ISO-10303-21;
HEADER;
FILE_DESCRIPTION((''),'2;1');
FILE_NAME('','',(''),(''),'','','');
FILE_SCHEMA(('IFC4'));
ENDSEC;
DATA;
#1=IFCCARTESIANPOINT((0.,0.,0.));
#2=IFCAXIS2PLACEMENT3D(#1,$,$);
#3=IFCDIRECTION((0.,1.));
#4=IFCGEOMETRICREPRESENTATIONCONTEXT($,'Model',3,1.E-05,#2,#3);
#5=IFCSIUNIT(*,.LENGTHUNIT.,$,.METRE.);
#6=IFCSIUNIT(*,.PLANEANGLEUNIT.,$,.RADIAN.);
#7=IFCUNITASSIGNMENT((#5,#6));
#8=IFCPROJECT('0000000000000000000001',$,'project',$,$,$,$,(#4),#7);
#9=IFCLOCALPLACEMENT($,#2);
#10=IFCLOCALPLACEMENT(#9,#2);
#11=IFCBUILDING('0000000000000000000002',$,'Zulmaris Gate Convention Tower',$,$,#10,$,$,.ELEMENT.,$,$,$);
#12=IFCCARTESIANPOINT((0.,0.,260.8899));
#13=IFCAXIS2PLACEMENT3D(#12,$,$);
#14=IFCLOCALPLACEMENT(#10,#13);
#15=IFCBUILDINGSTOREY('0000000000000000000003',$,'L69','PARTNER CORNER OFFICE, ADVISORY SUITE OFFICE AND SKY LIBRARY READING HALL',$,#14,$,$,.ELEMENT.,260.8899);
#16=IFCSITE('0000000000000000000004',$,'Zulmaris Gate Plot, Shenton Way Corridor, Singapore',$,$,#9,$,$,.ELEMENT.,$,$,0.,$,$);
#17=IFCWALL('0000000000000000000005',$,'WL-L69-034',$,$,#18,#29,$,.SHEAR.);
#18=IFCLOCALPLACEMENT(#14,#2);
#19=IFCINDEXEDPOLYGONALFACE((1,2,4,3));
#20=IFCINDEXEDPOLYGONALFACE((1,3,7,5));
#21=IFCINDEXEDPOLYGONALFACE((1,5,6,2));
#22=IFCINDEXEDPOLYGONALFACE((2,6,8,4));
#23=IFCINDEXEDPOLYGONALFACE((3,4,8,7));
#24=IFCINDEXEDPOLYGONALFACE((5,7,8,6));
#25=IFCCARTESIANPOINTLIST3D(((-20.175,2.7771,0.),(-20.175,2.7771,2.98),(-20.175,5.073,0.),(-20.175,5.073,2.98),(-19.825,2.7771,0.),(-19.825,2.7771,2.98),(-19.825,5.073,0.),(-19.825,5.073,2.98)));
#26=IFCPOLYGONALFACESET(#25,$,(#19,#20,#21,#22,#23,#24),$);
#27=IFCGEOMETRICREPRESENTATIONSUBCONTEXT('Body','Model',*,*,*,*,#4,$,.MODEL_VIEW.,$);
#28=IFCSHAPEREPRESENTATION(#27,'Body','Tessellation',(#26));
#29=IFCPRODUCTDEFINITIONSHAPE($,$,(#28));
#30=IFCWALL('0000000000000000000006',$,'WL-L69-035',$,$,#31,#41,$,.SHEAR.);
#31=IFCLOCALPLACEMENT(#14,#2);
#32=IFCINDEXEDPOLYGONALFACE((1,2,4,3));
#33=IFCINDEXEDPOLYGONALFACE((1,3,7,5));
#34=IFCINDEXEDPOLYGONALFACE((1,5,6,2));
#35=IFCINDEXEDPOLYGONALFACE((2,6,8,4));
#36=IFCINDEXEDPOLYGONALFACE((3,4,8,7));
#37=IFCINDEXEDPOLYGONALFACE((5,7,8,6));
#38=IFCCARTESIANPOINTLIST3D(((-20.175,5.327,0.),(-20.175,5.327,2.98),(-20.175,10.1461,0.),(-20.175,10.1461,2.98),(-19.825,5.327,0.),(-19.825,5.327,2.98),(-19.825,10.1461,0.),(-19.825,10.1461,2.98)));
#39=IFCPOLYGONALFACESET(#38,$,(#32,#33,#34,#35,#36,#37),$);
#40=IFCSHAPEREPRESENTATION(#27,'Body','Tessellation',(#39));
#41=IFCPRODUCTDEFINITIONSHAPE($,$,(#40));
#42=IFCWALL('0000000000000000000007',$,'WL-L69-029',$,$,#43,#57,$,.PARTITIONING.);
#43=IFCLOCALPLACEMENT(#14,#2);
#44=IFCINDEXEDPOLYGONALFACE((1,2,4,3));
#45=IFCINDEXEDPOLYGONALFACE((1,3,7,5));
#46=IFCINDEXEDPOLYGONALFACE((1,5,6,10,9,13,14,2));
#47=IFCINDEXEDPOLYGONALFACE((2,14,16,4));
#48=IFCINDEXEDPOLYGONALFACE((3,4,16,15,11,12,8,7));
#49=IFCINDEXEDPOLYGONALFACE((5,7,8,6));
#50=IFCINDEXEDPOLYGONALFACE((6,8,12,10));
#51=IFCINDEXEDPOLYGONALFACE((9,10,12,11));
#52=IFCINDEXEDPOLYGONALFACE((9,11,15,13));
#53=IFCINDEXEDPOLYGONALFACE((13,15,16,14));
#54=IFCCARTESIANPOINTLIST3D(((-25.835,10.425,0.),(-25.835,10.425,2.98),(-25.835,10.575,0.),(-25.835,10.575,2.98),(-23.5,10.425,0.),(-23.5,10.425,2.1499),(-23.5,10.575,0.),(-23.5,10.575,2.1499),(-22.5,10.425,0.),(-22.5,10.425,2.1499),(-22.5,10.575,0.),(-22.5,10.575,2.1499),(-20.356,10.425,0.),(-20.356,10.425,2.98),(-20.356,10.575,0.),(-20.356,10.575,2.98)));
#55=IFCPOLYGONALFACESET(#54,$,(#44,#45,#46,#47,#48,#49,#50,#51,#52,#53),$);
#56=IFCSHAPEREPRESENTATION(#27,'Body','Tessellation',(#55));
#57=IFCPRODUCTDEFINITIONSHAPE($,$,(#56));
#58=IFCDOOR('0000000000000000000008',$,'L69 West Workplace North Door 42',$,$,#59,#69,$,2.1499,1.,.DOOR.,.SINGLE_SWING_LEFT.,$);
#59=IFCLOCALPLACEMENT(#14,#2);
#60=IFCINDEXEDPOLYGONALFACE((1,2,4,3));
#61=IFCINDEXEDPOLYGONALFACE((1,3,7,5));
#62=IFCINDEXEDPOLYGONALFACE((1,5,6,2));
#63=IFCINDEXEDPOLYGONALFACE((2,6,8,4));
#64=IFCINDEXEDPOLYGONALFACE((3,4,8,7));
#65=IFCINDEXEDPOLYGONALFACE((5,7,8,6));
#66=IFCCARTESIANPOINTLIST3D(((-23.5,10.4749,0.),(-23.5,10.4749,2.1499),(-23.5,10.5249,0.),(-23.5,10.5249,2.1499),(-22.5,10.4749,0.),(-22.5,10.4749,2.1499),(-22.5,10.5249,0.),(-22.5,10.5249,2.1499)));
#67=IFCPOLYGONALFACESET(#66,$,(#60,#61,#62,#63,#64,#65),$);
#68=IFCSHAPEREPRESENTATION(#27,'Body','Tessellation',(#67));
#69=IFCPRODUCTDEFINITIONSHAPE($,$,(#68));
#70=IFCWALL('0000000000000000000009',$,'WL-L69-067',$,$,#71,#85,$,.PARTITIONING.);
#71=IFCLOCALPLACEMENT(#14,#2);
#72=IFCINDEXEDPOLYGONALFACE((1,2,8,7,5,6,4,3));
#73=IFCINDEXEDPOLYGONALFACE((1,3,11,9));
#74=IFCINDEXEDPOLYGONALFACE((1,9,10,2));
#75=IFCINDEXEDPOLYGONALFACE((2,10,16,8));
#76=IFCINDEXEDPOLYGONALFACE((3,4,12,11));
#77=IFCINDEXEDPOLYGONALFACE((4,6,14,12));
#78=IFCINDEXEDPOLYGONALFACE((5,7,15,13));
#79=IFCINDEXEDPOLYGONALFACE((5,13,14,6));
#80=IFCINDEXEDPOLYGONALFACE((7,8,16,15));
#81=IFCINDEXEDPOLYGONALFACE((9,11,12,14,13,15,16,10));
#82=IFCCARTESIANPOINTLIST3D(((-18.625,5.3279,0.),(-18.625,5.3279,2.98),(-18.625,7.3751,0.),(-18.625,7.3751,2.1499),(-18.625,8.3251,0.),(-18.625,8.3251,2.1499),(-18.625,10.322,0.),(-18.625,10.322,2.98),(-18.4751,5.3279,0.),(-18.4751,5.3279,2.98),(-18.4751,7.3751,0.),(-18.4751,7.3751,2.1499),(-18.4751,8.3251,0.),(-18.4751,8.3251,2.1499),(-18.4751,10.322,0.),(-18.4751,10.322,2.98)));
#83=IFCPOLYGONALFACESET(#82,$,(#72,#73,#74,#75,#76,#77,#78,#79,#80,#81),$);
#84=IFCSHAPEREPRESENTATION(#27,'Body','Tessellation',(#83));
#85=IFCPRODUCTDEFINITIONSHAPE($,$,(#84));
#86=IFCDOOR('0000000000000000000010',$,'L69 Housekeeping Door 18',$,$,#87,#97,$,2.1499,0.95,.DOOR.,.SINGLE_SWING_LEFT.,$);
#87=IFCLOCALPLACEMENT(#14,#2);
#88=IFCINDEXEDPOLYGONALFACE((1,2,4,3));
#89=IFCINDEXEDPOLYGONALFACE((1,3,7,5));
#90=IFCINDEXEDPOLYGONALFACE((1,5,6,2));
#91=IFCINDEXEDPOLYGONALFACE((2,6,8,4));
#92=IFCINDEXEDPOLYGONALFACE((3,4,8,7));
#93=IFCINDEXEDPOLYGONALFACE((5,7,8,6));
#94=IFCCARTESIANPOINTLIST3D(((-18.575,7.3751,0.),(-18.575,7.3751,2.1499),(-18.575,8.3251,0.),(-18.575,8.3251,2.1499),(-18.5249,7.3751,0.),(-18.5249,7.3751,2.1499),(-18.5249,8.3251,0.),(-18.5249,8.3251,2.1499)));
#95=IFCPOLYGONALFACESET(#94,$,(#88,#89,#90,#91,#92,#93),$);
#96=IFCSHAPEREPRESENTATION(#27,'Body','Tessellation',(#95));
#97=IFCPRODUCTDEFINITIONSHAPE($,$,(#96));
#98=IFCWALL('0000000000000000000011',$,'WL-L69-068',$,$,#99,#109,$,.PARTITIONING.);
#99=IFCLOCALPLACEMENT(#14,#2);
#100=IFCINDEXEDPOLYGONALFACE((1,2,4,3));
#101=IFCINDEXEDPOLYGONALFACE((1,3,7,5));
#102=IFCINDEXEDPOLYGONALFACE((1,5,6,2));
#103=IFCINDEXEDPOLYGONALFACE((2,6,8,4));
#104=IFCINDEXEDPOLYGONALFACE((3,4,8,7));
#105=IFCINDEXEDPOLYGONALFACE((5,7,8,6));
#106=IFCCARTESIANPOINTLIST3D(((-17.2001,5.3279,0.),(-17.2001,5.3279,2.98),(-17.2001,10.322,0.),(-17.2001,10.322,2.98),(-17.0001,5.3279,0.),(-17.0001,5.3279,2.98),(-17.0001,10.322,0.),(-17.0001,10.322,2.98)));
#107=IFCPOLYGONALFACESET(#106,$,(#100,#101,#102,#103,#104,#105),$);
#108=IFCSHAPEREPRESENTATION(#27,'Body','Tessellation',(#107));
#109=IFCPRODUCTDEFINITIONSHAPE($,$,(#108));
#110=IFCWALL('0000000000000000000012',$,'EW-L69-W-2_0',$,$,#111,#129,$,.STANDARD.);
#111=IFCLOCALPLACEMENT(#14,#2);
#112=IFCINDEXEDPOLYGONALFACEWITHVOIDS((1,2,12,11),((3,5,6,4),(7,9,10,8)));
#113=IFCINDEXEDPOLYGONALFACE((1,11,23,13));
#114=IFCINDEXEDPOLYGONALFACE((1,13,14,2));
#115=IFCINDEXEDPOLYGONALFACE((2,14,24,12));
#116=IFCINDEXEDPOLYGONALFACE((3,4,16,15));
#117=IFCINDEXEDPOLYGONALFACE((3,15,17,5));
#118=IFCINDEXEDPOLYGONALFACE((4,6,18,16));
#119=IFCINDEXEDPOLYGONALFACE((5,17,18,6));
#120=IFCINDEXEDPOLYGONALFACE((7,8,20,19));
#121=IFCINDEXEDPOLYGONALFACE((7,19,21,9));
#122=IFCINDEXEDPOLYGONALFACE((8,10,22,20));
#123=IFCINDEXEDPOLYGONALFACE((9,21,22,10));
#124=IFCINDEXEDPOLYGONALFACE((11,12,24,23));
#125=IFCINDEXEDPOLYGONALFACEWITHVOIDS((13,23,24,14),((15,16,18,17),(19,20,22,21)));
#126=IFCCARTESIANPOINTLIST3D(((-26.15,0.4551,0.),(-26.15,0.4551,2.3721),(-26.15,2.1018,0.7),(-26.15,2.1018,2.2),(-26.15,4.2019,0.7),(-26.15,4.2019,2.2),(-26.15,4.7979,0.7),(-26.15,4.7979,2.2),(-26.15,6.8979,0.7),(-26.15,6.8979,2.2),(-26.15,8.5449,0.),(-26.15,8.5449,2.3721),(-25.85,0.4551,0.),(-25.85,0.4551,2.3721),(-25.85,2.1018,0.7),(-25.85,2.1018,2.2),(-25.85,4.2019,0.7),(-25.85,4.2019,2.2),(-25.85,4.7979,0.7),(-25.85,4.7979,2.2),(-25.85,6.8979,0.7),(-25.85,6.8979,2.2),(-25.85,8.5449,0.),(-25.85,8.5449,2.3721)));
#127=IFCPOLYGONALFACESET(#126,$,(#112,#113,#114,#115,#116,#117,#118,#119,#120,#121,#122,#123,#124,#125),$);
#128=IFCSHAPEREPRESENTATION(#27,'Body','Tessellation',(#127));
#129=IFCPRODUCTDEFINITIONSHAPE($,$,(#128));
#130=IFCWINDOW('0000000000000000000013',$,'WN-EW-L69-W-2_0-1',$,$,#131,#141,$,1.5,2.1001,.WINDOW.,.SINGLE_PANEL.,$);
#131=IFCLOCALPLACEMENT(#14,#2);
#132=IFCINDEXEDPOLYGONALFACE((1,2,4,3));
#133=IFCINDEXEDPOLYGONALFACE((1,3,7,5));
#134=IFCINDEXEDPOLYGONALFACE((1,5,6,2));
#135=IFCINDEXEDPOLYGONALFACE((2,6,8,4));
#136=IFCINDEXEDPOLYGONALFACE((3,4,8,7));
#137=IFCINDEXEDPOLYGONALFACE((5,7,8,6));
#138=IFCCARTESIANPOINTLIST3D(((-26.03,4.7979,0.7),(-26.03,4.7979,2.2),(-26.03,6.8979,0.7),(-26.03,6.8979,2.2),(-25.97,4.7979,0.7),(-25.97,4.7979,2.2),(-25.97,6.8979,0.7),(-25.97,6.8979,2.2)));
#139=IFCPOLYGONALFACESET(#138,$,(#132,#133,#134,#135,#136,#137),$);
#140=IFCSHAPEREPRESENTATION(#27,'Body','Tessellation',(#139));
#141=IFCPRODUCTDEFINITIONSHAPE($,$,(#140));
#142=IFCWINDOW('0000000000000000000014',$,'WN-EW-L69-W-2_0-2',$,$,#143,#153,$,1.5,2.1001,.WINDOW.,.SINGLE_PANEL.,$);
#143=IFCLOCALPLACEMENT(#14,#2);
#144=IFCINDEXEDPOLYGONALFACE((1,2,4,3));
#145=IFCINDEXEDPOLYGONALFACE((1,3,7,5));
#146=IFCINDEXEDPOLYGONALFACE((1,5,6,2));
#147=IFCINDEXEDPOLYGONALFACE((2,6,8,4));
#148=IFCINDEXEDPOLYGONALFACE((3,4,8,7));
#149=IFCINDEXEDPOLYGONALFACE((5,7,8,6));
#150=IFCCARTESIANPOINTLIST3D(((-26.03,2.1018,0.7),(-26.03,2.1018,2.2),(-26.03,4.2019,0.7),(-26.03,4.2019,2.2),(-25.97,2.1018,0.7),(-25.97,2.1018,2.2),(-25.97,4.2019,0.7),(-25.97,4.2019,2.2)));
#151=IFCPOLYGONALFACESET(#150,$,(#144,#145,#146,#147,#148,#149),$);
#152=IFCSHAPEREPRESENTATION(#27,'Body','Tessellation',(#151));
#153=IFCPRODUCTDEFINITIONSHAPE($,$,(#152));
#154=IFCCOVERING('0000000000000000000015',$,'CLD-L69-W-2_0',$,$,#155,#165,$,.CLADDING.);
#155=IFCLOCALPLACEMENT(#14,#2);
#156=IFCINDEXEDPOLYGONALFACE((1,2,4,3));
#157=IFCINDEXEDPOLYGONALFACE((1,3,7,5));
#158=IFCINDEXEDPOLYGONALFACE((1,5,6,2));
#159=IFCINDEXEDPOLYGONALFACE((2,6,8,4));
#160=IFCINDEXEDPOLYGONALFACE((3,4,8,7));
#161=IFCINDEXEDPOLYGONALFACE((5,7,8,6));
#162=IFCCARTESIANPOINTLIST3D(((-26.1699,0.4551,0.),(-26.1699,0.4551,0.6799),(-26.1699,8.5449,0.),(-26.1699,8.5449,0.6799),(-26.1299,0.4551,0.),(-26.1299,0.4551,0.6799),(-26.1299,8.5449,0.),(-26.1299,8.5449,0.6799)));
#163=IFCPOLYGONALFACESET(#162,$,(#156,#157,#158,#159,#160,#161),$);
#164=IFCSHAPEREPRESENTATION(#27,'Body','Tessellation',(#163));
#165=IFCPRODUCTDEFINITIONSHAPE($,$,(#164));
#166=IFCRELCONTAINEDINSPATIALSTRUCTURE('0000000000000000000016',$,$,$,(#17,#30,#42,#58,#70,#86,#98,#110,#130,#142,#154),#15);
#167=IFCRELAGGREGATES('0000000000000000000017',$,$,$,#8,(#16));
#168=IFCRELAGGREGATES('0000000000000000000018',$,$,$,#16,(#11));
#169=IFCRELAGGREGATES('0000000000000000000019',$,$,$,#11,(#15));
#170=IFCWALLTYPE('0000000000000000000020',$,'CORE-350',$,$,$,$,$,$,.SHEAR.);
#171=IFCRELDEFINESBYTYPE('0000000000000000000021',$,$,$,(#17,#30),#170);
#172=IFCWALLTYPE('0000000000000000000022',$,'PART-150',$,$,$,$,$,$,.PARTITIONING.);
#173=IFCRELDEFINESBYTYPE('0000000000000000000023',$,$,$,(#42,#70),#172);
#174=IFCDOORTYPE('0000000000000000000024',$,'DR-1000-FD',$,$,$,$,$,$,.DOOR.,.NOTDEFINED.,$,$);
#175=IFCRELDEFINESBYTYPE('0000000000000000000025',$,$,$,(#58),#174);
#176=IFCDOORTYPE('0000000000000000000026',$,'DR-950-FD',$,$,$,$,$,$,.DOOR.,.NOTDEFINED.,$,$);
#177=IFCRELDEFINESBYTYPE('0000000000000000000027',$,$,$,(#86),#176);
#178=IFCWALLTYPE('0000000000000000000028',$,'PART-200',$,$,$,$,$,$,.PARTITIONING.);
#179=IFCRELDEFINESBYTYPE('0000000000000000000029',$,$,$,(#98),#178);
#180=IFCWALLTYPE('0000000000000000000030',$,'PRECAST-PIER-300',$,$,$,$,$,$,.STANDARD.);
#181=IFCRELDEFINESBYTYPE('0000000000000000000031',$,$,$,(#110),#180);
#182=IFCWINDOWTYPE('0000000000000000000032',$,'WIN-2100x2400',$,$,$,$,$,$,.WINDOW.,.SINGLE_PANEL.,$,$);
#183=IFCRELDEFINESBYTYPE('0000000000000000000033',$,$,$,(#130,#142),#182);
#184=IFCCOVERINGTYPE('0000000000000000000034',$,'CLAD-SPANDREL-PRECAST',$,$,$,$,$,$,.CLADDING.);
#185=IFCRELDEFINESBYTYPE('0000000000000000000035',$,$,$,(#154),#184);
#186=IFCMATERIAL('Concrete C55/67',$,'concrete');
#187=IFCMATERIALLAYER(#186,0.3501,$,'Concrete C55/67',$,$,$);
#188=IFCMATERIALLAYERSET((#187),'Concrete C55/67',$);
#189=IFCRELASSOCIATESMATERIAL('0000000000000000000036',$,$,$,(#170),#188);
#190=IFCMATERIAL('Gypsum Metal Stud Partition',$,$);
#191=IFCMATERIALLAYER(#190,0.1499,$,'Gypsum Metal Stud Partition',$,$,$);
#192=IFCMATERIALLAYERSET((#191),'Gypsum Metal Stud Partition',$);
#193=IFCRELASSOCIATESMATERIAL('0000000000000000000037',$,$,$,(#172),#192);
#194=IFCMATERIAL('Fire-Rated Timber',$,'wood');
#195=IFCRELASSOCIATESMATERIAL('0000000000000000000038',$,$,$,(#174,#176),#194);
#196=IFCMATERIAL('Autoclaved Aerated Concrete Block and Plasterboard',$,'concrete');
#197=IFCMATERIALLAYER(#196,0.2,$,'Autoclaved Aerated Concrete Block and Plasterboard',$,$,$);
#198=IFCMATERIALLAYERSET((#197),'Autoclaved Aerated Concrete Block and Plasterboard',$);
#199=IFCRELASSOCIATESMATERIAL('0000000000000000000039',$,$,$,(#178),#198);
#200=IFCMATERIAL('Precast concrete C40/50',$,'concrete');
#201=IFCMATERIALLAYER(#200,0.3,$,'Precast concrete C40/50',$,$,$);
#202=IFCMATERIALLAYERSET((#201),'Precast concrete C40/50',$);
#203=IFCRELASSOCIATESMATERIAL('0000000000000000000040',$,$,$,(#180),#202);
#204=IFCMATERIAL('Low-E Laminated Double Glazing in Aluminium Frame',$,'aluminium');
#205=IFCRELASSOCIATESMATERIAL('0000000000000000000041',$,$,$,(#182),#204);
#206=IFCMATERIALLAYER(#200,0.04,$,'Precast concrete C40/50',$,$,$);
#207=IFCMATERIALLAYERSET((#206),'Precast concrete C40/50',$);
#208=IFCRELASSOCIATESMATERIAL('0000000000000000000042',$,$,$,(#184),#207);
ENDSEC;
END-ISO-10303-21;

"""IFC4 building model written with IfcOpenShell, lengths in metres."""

from ifc_helpers import new_model, si_unit, direction, frame, frame_2d, origin, place, context, subcontext, project, spatial, rectangle, extrude, material, layer, layer_set, type_object, element, fill, save


model = new_model("IFC4")

# Units and contexts
model_context = context("Model", 3, precision=1e-05, world=origin(), true_north=direction((0.0, 1.0)))
body_context = subcontext(model_context, "Body", "Model", "MODEL_VIEW")
ifc_project = project(units=[si_unit("LENGTHUNIT", "METRE"), si_unit("PLANEANGLEUNIT", "RADIAN")], contexts=[model_context])

# Site, building, storey
site_placement = place(None, origin())
site = spatial("IfcSite", under=ifc_project, at=site_placement, Name="Zulmaris Gate Plot, Shenton Way Corridor, Singapore", CompositionType="ELEMENT", RefElevation=0.0)
building_placement = place(site_placement, origin())
building = spatial("IfcBuilding", under=site, at=building_placement, Name="Zulmaris Gate Convention Tower", CompositionType="ELEMENT")
storey_placement = place(building_placement, frame((0.0, 0.0, 260.8899)))
storey = spatial("IfcBuildingStorey", under=building, at=storey_placement, Name="L69", Description="PARTNER CORNER OFFICE, ADVISORY SUITE OFFICE AND SKY LIBRARY READING HALL", CompositionType="ELEMENT", Elevation=260.8899)

# Walls
ifc_material_1 = material(Name="Concrete C55/67", Category="concrete")
ifc_layer_1 = layer(ifc_material_1, 0.3501, Name="Concrete C55/67")
ifc_layer_set_1 = layer_set([ifc_layer_1], Name="Concrete C55/67")
wall_type_1 = type_object("IfcWallType", Name="CORE-350", PredefinedType="SHEAR", material=ifc_layer_set_1)
wall_1_placement = place(storey_placement, frame((-20.0, 2.7771, 0.0), z_axis=(0.0, 0.0, 1.0), x_axis=(0.0, 1.0, 0.0)))
element("IfcWall", 1, at=wall_1_placement, inside=storey, type_object=wall_type_1, Name="WL-L69-034", PredefinedType="SHEAR", context=body_context, shape_type="SweptSolid", body=[
    extrude(rectangle(XDim=2.2959, YDim=0.3501, at=frame_2d((1.1479, 0.0))), origin(), (0.0, 0.0, 1.0), 2.98),
])
wall_2_placement = place(storey_placement, frame((-20.0, 5.3269, 0.0), z_axis=(0.0, 0.0, 1.0), x_axis=(0.0, 1.0, 0.0)))
element("IfcWall", 2, at=wall_2_placement, inside=storey, type_object=wall_type_1, Name="WL-L69-035", PredefinedType="SHEAR", context=body_context, shape_type="SweptSolid", body=[
    extrude(rectangle(XDim=4.8191, YDim=0.3501, at=frame_2d((2.4097, 0.0))), origin(), (0.0, 0.0, 1.0), 2.98),
])

# Walls, openings, doors
ifc_material_2 = material(Name="Gypsum Metal Stud Partition")
ifc_layer_2 = layer(ifc_material_2, 0.1499, Name="Gypsum Metal Stud Partition")
ifc_layer_set_2 = layer_set([ifc_layer_2], Name="Gypsum Metal Stud Partition")
wall_type_2 = type_object("IfcWallType", Name="PART-150", PredefinedType="PARTITIONING", material=ifc_layer_set_2)
wall_3_placement = place(storey_placement, frame((-25.835, 10.5, 0.0), z_axis=(0.0, 0.0, 1.0), x_axis=(1.0, 0.0, 0.0)))
wall_3 = element("IfcWall", 3, at=wall_3_placement, inside=storey, type_object=wall_type_2, Name="WL-L69-029", PredefinedType="PARTITIONING", context=body_context, shape_type="SweptSolid", body=[
    extrude(rectangle(XDim=5.479, YDim=0.1499, at=frame_2d((2.7395, 0.0))), origin(), (0.0, 0.0, 1.0), 2.98),
])
opening_1_placement = place(wall_3_placement, frame((2.335, 0.0, 0.0)))
opening_1 = element("IfcOpeningElement", 4, at=opening_1_placement, cuts=wall_3, PredefinedType="OPENING", context=body_context, shape_type="SweptSolid", body=[
    extrude(rectangle(XDim=1.0, YDim=2.1499, at=frame_2d((0.5, 1.075))), frame((0.0, 0.085, 0.0), z_axis=(0.0, -1.0, 0.0), x_axis=(1.0, 0.0, 0.0)), (0.0, 0.0, 1.0), 0.1699),
])
ifc_material_3 = material(Name="Fire-Rated Timber", Category="wood")
door_type_1 = type_object("IfcDoorType", Name="DR-1000-FD", OperationType="NOTDEFINED", PredefinedType="DOOR", material=ifc_material_3)
door_1_placement = place(opening_1_placement, origin())
door_1 = element("IfcDoor", 5, at=door_1_placement, inside=storey, type_object=door_type_1, Name="L69 West Workplace North Door 42", OperationType="SINGLE_SWING_LEFT", OverallHeight=2.1499, OverallWidth=1.0, PredefinedType="DOOR", context=body_context, shape_type="SweptSolid", body=[
    extrude(rectangle(XDim=1.0, YDim=2.1499, at=frame_2d((0.5, 1.075))), frame((0.0, 0.0249, 0.0), z_axis=(0.0, -1.0, 0.0), x_axis=(1.0, 0.0, 0.0)), (0.0, 0.0, 1.0), 0.05),
])
fill(opening_1, door_1)
wall_4_placement = place(storey_placement, frame((-18.55, 5.3279, 0.0), z_axis=(0.0, 0.0, 1.0), x_axis=(0.0, 1.0, 0.0)))
wall_4 = element("IfcWall", 6, at=wall_4_placement, inside=storey, type_object=wall_type_2, Name="WL-L69-067", PredefinedType="PARTITIONING", context=body_context, shape_type="SweptSolid", body=[
    extrude(rectangle(XDim=4.9941, YDim=0.1499, at=frame_2d((2.4971, 0.0))), origin(), (0.0, 0.0, 1.0), 2.98),
])
opening_2_placement = place(wall_4_placement, frame((2.0471, 0.0, 0.0)))
opening_2 = element("IfcOpeningElement", 7, at=opening_2_placement, cuts=wall_4, PredefinedType="OPENING", context=body_context, shape_type="SweptSolid", body=[
    extrude(rectangle(XDim=0.95, YDim=2.1499, at=frame_2d((0.4751, 1.075))), frame((0.0, 0.085, 0.0), z_axis=(0.0, -1.0, 0.0), x_axis=(1.0, 0.0, 0.0)), (0.0, 0.0, 1.0), 0.1699),
])
door_type_2 = type_object("IfcDoorType", Name="DR-950-FD", OperationType="NOTDEFINED", PredefinedType="DOOR", material=ifc_material_3)
door_2_placement = place(opening_2_placement, origin())
door_2 = element("IfcDoor", 8, at=door_2_placement, inside=storey, type_object=door_type_2, Name="L69 Housekeeping Door 18", OperationType="SINGLE_SWING_LEFT", OverallHeight=2.1499, OverallWidth=0.95, PredefinedType="DOOR", context=body_context, shape_type="SweptSolid", body=[
    extrude(rectangle(XDim=0.95, YDim=2.1499, at=frame_2d((0.4751, 1.075))), frame((0.0, 0.0249, 0.0), z_axis=(0.0, -1.0, 0.0), x_axis=(1.0, 0.0, 0.0)), (0.0, 0.0, 1.0), 0.05),
])
fill(opening_2, door_2)

# Wall
ifc_material_4 = material(Name="Autoclaved Aerated Concrete Block and Plasterboard", Category="concrete")
ifc_layer_3 = layer(ifc_material_4, 0.2, Name="Autoclaved Aerated Concrete Block and Plasterboard")
ifc_layer_set_3 = layer_set([ifc_layer_3], Name="Autoclaved Aerated Concrete Block and Plasterboard")
wall_type_3 = type_object("IfcWallType", Name="PART-200", PredefinedType="PARTITIONING", material=ifc_layer_set_3)
wall_5_placement = place(storey_placement, frame((-17.1001, 5.3279, 0.0), z_axis=(0.0, 0.0, 1.0), x_axis=(0.0, 1.0, 0.0)))
element("IfcWall", 9, at=wall_5_placement, inside=storey, type_object=wall_type_3, Name="WL-L69-068", PredefinedType="PARTITIONING", context=body_context, shape_type="SweptSolid", body=[
    extrude(rectangle(XDim=4.9941, YDim=0.2, at=frame_2d((2.4971, 0.0))), origin(), (0.0, 0.0, 1.0), 2.98),
])

# Wall, openings, windows
ifc_material_5 = material(Name="Precast concrete C40/50", Category="concrete")
ifc_layer_4 = layer(ifc_material_5, 0.3, Name="Precast concrete C40/50")
ifc_layer_set_4 = layer_set([ifc_layer_4], Name="Precast concrete C40/50")
wall_type_4 = type_object("IfcWallType", Name="PRECAST-PIER-300", PredefinedType="STANDARD", material=ifc_layer_set_4)
wall_6_placement = place(storey_placement, frame((-26.0, 8.5449, 0.0), z_axis=(0.0, 0.0, 1.0), x_axis=(0.0, -1.0, 0.0)))
wall_6 = element("IfcWall", 10, at=wall_6_placement, inside=storey, type_object=wall_type_4, Name="EW-L69-W-2_0", PredefinedType="STANDARD", context=body_context, shape_type="SweptSolid", body=[
    extrude(rectangle(XDim=8.0898, YDim=0.3, at=frame_2d((4.0449, 0.0))), origin(), (0.0, 0.0, 1.0), 2.3721),
])
opening_3_placement = place(wall_6_placement, frame((1.647, 0.0, 0.7)))
opening_3 = element("IfcOpeningElement", 11, at=opening_3_placement, cuts=wall_6, PredefinedType="OPENING", context=body_context, shape_type="SweptSolid", body=[
    extrude(rectangle(XDim=2.1001, YDim=1.5, at=frame_2d((1.05, 0.75))), frame((0.0, 0.1602, 0.0), z_axis=(0.0, -1.0, 0.0), x_axis=(1.0, 0.0, 0.0)), (0.0, 0.0, 1.0), 0.3201),
])
opening_4_placement = place(wall_6_placement, frame((4.343, 0.0, 0.7)))
opening_4 = element("IfcOpeningElement", 12, at=opening_4_placement, cuts=wall_6, PredefinedType="OPENING", context=body_context, shape_type="SweptSolid", body=[
    extrude(rectangle(XDim=2.1001, YDim=1.5, at=frame_2d((1.05, 0.75))), frame((0.0, 0.1602, 0.0), z_axis=(0.0, -1.0, 0.0), x_axis=(1.0, 0.0, 0.0)), (0.0, 0.0, 1.0), 0.3201),
])
ifc_material_6 = material(Name="Low-E Laminated Double Glazing in Aluminium Frame", Category="aluminium")
window_type = type_object("IfcWindowType", Name="WIN-2100x2400", PartitioningType="SINGLE_PANEL", PredefinedType="WINDOW", material=ifc_material_6)
window_1_placement = place(opening_3_placement, origin())
window_1 = element("IfcWindow", 13, at=window_1_placement, inside=storey, type_object=window_type, Name="WN-EW-L69-W-2_0-1", OverallHeight=1.5, OverallWidth=2.1001, PartitioningType="SINGLE_PANEL", PredefinedType="WINDOW", context=body_context, shape_type="SweptSolid", body=[
    extrude(rectangle(XDim=2.1001, YDim=1.5, at=frame_2d((1.05, 0.75))), frame((0.0, 0.03, 0.0), z_axis=(0.0, -1.0, 0.0), x_axis=(1.0, 0.0, 0.0)), (0.0, 0.0, 1.0), 0.0601),
])
fill(opening_3, window_1)
window_2_placement = place(opening_4_placement, origin())
window_2 = element("IfcWindow", 14, at=window_2_placement, inside=storey, type_object=window_type, Name="WN-EW-L69-W-2_0-2", OverallHeight=1.5, OverallWidth=2.1001, PartitioningType="SINGLE_PANEL", PredefinedType="WINDOW", context=body_context, shape_type="SweptSolid", body=[
    extrude(rectangle(XDim=2.1001, YDim=1.5, at=frame_2d((1.05, 0.75))), frame((0.0, 0.03, 0.0), z_axis=(0.0, -1.0, 0.0), x_axis=(1.0, 0.0, 0.0)), (0.0, 0.0, 1.0), 0.0601),
])
fill(opening_4, window_2)

# Covering
ifc_layer_5 = layer(ifc_material_5, 0.04, Name="Precast concrete C40/50")
ifc_layer_set_5 = layer_set([ifc_layer_5], Name="Precast concrete C40/50")
covering_type = type_object("IfcCoveringType", Name="CLAD-SPANDREL-PRECAST", PredefinedType="CLADDING", material=ifc_layer_set_5)
covering_placement = place(storey_placement, frame((-26.1499, 8.5449, 0.0), z_axis=(0.0, 0.0, 1.0), x_axis=(0.0, -1.0, 0.0)))
element("IfcCovering", 15, at=covering_placement, inside=storey, type_object=covering_type, Name="CLD-L69-W-2_0", PredefinedType="CLADDING", context=body_context, shape_type="SweptSolid", body=[
    extrude(rectangle(XDim=8.0898, YDim=0.04, at=frame_2d((4.0449, 0.0))), origin(), (0.0, 0.0, 1.0), 0.6799),
])

save(model, "model.ifc")
